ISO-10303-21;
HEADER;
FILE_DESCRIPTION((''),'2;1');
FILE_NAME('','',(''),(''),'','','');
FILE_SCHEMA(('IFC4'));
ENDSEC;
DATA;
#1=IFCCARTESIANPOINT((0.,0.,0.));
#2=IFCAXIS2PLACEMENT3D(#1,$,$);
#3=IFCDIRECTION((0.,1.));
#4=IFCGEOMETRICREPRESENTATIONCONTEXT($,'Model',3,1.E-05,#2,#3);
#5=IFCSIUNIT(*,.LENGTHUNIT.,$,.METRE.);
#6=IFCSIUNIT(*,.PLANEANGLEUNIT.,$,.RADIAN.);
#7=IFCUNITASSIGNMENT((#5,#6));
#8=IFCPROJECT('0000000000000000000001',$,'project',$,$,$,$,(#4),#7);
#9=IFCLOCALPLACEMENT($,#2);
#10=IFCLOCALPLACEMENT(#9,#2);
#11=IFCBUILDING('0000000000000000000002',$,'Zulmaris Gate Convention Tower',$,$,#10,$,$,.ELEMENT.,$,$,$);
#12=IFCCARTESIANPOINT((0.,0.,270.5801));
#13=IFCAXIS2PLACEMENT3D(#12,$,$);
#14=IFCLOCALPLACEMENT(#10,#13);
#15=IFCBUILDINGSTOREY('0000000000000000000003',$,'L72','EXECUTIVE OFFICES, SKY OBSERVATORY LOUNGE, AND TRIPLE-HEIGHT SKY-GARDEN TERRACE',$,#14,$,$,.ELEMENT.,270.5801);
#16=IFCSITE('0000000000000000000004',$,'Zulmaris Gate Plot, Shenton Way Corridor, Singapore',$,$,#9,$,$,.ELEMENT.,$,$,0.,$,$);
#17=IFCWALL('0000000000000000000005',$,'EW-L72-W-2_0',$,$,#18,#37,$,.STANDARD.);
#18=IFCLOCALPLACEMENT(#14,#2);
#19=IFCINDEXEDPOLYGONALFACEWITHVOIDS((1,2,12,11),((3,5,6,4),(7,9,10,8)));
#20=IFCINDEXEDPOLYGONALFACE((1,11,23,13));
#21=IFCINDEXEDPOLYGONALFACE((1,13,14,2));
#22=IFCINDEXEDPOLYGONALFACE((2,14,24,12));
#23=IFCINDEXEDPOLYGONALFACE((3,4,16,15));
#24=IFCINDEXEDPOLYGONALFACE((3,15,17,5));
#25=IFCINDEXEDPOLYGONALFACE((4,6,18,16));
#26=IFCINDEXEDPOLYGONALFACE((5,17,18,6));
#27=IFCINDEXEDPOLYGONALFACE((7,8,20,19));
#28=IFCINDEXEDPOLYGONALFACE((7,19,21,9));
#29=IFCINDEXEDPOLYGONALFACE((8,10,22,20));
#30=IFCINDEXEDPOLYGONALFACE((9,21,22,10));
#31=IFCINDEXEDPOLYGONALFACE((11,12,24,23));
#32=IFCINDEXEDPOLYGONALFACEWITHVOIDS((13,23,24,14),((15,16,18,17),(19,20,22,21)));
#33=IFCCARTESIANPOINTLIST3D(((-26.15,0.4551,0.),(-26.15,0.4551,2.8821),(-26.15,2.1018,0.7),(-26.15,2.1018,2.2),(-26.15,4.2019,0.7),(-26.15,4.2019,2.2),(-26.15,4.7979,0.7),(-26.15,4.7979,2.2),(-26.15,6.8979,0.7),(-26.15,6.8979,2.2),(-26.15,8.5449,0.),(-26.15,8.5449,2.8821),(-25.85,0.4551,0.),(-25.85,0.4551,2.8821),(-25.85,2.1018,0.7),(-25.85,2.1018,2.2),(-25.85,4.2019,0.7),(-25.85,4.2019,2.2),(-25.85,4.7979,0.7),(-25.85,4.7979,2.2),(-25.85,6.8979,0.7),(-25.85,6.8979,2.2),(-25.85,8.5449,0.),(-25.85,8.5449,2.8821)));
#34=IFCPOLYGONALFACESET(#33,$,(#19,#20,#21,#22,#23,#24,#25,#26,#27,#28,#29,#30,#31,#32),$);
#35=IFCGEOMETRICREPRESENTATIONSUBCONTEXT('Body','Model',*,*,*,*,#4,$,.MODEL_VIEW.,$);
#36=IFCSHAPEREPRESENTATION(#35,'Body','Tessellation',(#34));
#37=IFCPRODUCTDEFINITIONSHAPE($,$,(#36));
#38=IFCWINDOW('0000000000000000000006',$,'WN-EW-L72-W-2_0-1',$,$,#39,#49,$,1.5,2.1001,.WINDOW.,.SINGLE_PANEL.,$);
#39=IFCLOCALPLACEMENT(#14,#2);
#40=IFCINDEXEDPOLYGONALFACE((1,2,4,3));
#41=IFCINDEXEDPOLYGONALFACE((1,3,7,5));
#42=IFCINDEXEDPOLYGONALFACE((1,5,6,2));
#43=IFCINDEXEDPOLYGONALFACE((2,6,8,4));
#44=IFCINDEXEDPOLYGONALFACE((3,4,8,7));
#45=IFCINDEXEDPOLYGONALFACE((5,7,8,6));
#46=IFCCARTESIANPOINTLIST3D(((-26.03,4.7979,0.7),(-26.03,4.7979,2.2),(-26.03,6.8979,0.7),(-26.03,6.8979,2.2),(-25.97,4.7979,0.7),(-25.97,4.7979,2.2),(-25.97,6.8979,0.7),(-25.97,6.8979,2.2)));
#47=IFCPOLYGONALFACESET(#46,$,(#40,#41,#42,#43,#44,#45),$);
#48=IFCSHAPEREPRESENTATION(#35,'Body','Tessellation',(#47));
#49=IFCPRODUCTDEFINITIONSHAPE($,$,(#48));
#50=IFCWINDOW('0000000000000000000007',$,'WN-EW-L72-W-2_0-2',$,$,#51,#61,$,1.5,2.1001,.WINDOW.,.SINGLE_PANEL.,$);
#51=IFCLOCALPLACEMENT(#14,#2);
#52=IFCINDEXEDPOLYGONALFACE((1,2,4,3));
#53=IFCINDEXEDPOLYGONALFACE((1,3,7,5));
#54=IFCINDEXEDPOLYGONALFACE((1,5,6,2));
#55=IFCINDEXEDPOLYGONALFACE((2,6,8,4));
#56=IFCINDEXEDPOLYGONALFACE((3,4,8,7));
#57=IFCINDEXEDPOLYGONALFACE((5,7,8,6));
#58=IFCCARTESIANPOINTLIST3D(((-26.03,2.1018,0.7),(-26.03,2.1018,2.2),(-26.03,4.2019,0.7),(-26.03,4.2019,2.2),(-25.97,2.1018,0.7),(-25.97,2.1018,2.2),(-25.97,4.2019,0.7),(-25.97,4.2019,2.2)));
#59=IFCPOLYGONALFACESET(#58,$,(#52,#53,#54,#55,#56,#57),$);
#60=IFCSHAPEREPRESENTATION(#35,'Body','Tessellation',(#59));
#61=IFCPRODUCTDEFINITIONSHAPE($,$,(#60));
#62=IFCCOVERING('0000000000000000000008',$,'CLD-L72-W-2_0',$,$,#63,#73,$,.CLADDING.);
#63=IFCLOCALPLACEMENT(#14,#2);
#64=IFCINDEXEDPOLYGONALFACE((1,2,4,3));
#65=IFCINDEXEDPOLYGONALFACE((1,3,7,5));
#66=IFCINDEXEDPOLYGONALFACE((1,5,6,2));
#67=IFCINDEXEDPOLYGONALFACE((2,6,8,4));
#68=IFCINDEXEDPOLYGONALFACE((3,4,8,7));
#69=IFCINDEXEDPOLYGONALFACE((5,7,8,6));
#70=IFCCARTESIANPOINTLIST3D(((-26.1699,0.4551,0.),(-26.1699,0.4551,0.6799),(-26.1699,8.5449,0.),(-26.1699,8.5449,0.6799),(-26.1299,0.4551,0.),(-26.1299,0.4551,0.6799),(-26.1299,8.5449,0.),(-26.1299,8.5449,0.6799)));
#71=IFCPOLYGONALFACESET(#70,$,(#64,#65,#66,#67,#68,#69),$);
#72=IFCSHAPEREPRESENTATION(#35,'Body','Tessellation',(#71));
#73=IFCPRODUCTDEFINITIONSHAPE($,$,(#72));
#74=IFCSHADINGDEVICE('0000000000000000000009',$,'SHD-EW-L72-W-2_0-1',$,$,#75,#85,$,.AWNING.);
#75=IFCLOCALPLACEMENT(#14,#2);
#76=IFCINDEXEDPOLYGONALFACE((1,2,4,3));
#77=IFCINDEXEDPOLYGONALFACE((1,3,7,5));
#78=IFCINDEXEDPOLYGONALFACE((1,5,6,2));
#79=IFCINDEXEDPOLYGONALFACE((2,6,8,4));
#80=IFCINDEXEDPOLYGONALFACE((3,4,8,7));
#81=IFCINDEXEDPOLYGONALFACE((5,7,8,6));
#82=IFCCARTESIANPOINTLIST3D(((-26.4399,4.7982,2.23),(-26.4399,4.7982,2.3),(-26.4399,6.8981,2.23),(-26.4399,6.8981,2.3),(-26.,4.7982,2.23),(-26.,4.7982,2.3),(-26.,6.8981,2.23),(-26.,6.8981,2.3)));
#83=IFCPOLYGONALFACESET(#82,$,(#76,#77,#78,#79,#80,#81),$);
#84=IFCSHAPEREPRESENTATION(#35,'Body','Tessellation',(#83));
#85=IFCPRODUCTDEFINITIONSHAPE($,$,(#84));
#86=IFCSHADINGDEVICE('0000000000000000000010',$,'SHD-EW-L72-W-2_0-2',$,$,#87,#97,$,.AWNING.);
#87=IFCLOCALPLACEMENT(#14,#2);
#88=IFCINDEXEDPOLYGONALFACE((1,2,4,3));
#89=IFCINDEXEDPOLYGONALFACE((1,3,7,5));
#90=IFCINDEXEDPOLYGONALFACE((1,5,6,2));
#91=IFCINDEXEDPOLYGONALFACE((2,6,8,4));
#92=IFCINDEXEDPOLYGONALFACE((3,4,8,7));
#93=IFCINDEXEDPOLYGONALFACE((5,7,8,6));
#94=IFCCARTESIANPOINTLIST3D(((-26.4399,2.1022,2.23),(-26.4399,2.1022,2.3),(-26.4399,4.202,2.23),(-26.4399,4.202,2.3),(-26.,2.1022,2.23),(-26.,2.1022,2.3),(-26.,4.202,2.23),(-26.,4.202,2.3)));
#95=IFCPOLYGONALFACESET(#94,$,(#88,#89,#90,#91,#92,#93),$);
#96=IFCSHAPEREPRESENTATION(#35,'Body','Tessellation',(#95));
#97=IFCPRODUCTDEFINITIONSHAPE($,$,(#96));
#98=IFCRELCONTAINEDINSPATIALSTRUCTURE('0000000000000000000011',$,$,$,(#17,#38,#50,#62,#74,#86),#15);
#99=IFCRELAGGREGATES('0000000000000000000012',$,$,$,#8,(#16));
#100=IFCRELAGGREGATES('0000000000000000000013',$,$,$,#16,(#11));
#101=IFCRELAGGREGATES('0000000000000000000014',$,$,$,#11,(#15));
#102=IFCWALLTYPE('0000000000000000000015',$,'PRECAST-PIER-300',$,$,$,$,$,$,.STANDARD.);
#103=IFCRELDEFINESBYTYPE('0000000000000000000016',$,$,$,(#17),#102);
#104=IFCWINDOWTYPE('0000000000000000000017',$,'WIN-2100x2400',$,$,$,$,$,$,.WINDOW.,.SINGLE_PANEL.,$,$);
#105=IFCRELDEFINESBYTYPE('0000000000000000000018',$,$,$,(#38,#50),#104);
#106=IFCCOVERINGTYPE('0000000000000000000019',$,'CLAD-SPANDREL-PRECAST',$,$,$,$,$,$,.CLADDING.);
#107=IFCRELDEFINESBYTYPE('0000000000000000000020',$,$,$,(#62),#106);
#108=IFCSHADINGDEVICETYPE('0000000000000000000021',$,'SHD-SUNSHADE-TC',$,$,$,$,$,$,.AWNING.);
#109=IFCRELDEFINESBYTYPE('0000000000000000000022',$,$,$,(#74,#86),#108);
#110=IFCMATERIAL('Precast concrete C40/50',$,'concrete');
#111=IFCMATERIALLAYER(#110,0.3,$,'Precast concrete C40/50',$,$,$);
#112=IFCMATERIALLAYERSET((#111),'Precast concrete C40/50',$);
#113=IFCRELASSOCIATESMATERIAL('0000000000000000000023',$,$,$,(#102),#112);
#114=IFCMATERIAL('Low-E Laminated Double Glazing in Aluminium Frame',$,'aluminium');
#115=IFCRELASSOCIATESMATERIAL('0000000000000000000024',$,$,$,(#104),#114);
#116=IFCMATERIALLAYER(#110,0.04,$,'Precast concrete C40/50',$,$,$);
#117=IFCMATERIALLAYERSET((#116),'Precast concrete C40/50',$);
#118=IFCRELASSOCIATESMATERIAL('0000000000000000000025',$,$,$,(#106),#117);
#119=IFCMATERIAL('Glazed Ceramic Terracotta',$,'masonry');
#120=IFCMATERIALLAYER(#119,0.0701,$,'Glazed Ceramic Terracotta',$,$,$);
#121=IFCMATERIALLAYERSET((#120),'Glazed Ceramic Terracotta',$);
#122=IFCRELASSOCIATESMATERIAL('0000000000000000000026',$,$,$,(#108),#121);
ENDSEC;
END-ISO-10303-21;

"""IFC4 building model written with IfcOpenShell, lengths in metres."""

from ifc_helpers import new_model, si_unit, direction, frame, frame_2d, origin, place, context, subcontext, project, spatial, rectangle, extrude, material, layer, layer_set, type_object, element, fill, save


model = new_model("IFC4")

# Units and contexts
model_context = context("Model", 3, precision=1e-05, world=origin(), true_north=direction((0.0, 1.0)))
body_context = subcontext(model_context, "Body", "Model", "MODEL_VIEW")
ifc_project = project(units=[si_unit("LENGTHUNIT", "METRE"), si_unit("PLANEANGLEUNIT", "RADIAN")], contexts=[model_context])

# Site, building, storey
site_placement = place(None, origin())
site = spatial("IfcSite", under=ifc_project, at=site_placement, Name="Zulmaris Gate Plot, Shenton Way Corridor, Singapore", CompositionType="ELEMENT", RefElevation=0.0)
building_placement = place(site_placement, origin())
building = spatial("IfcBuilding", under=site, at=building_placement, Name="Zulmaris Gate Convention Tower", CompositionType="ELEMENT")
storey_placement = place(building_placement, frame((0.0, 0.0, 270.5801)))
storey = spatial("IfcBuildingStorey", under=building, at=storey_placement, Name="L72", Description="EXECUTIVE OFFICES, SKY OBSERVATORY LOUNGE, AND TRIPLE-HEIGHT SKY-GARDEN TERRACE", CompositionType="ELEMENT", Elevation=270.5801)

# Wall, openings, windows
ifc_material_1 = material(Name="Precast concrete C40/50", Category="concrete")
ifc_layer_1 = layer(ifc_material_1, 0.3, Name="Precast concrete C40/50")
ifc_layer_set_1 = layer_set([ifc_layer_1], Name="Precast concrete C40/50")
wall_type_1 = type_object("IfcWallType", Name="PRECAST-PIER-300", PredefinedType="STANDARD", material=ifc_layer_set_1)
wall_1_placement = place(storey_placement, frame((-26.0, 8.5449, 0.0), z_axis=(0.0, 0.0, 1.0), x_axis=(0.0, -1.0, 0.0)))
wall_1 = element("IfcWall", 1, at=wall_1_placement, inside=storey, type_object=wall_type_1, Name="EW-L72-W-2_0", PredefinedType="STANDARD", context=body_context, shape_type="SweptSolid", body=[
    extrude(rectangle(XDim=8.0898, YDim=0.3, at=frame_2d((4.0449, 0.0))), origin(), (0.0, 0.0, 1.0), 2.8821),
])
opening_1_placement = place(wall_1_placement, frame((1.647, 0.0, 0.7)))
opening_1 = element("IfcOpeningElement", 2, at=opening_1_placement, cuts=wall_1, PredefinedType="OPENING", context=body_context, shape_type="SweptSolid", body=[
    extrude(rectangle(XDim=2.1001, YDim=1.5, at=frame_2d((1.05, 0.75))), frame((0.0, 0.1602, 0.0), z_axis=(0.0, -1.0, 0.0), x_axis=(1.0, 0.0, 0.0)), (0.0, 0.0, 1.0), 0.3201),
])
opening_2_placement = place(wall_1_placement, frame((4.343, 0.0, 0.7)))
opening_2 = element("IfcOpeningElement", 3, at=opening_2_placement, cuts=wall_1, PredefinedType="OPENING", context=body_context, shape_type="SweptSolid", body=[
    extrude(rectangle(XDim=2.1001, YDim=1.5, at=frame_2d((1.05, 0.75))), frame((0.0, 0.1602, 0.0), z_axis=(0.0, -1.0, 0.0), x_axis=(1.0, 0.0, 0.0)), (0.0, 0.0, 1.0), 0.3201),
])
ifc_material_2 = material(Name="Low-E Laminated Double Glazing in Aluminium Frame", Category="aluminium")
window_type = type_object("IfcWindowType", Name="WIN-2100x2400", PartitioningType="SINGLE_PANEL", PredefinedType="WINDOW", material=ifc_material_2)
window_1_placement = place(opening_1_placement, origin())
window_1 = element("IfcWindow", 4, at=window_1_placement, inside=storey, type_object=window_type, Name="WN-EW-L72-W-2_0-1", OverallHeight=1.5, OverallWidth=2.1001, PartitioningType="SINGLE_PANEL", PredefinedType="WINDOW", context=body_context, shape_type="SweptSolid", body=[
    extrude(rectangle(XDim=2.1001, YDim=1.5, at=frame_2d((1.05, 0.75))), frame((0.0, 0.03, 0.0), z_axis=(0.0, -1.0, 0.0), x_axis=(1.0, 0.0, 0.0)), (0.0, 0.0, 1.0), 0.0601),
])
fill(opening_1, window_1)
window_2_placement = place(opening_2_placement, origin())
window_2 = element("IfcWindow", 5, at=window_2_placement, inside=storey, type_object=window_type, Name="WN-EW-L72-W-2_0-2", OverallHeight=1.5, OverallWidth=2.1001, PartitioningType="SINGLE_PANEL", PredefinedType="WINDOW", context=body_context, shape_type="SweptSolid", body=[
    extrude(rectangle(XDim=2.1001, YDim=1.5, at=frame_2d((1.05, 0.75))), frame((0.0, 0.03, 0.0), z_axis=(0.0, -1.0, 0.0), x_axis=(1.0, 0.0, 0.0)), (0.0, 0.0, 1.0), 0.0601),
])
fill(opening_2, window_2)

# Covering
ifc_layer_2 = layer(ifc_material_1, 0.04, Name="Precast concrete C40/50")
ifc_layer_set_2 = layer_set([ifc_layer_2], Name="Precast concrete C40/50")
covering_type = type_object("IfcCoveringType", Name="CLAD-SPANDREL-PRECAST", PredefinedType="CLADDING", material=ifc_layer_set_2)
covering_placement = place(storey_placement, frame((-26.1499, 8.5449, 0.0), z_axis=(0.0, 0.0, 1.0), x_axis=(0.0, -1.0, 0.0)))
element("IfcCovering", 6, at=covering_placement, inside=storey, type_object=covering_type, Name="CLD-L72-W-2_0", PredefinedType="CLADDING", context=body_context, shape_type="SweptSolid", body=[
    extrude(rectangle(XDim=8.0898, YDim=0.04, at=frame_2d((4.0449, 0.0))), origin(), (0.0, 0.0, 1.0), 0.6799),
])

# Shading devices
ifc_material_3 = material(Name="Glazed Ceramic Terracotta", Category="masonry")
ifc_layer_3 = layer(ifc_material_3, 0.0701, Name="Glazed Ceramic Terracotta")
ifc_layer_set_3 = layer_set([ifc_layer_3], Name="Glazed Ceramic Terracotta")
shading_device_type = type_object("IfcShadingDeviceType", Name="SHD-SUNSHADE-TC", PredefinedType="AWNING", material=ifc_layer_set_3)
for number, where, z_axis, x_axis, name in (
    (7, (-26.22, 6.8979, 2.23), (0.0, 0.0, 1.0), (0.0, -1.0, 0.0), "SHD-EW-L72-W-2_0-1"),
    (8, (-26.22, 4.2019, 2.23), (0.0, 0.0, 1.0), (0.0, -1.0, 0.0), "SHD-EW-L72-W-2_0-2"),
):
    element("IfcShadingDevice", number, at=place(storey_placement, frame(where, z_axis=z_axis, x_axis=x_axis)), inside=storey, type_object=shading_device_type, Name=name, PredefinedType="AWNING", context=body_context, shape_type="SweptSolid", body=[
        extrude(rectangle(XDim=2.0999, YDim=0.4399, at=frame_2d((1.0498, 0.0))), origin(), (0.0, 0.0, 1.0), 0.0701),
    ])

save(model, "model.ifc")
